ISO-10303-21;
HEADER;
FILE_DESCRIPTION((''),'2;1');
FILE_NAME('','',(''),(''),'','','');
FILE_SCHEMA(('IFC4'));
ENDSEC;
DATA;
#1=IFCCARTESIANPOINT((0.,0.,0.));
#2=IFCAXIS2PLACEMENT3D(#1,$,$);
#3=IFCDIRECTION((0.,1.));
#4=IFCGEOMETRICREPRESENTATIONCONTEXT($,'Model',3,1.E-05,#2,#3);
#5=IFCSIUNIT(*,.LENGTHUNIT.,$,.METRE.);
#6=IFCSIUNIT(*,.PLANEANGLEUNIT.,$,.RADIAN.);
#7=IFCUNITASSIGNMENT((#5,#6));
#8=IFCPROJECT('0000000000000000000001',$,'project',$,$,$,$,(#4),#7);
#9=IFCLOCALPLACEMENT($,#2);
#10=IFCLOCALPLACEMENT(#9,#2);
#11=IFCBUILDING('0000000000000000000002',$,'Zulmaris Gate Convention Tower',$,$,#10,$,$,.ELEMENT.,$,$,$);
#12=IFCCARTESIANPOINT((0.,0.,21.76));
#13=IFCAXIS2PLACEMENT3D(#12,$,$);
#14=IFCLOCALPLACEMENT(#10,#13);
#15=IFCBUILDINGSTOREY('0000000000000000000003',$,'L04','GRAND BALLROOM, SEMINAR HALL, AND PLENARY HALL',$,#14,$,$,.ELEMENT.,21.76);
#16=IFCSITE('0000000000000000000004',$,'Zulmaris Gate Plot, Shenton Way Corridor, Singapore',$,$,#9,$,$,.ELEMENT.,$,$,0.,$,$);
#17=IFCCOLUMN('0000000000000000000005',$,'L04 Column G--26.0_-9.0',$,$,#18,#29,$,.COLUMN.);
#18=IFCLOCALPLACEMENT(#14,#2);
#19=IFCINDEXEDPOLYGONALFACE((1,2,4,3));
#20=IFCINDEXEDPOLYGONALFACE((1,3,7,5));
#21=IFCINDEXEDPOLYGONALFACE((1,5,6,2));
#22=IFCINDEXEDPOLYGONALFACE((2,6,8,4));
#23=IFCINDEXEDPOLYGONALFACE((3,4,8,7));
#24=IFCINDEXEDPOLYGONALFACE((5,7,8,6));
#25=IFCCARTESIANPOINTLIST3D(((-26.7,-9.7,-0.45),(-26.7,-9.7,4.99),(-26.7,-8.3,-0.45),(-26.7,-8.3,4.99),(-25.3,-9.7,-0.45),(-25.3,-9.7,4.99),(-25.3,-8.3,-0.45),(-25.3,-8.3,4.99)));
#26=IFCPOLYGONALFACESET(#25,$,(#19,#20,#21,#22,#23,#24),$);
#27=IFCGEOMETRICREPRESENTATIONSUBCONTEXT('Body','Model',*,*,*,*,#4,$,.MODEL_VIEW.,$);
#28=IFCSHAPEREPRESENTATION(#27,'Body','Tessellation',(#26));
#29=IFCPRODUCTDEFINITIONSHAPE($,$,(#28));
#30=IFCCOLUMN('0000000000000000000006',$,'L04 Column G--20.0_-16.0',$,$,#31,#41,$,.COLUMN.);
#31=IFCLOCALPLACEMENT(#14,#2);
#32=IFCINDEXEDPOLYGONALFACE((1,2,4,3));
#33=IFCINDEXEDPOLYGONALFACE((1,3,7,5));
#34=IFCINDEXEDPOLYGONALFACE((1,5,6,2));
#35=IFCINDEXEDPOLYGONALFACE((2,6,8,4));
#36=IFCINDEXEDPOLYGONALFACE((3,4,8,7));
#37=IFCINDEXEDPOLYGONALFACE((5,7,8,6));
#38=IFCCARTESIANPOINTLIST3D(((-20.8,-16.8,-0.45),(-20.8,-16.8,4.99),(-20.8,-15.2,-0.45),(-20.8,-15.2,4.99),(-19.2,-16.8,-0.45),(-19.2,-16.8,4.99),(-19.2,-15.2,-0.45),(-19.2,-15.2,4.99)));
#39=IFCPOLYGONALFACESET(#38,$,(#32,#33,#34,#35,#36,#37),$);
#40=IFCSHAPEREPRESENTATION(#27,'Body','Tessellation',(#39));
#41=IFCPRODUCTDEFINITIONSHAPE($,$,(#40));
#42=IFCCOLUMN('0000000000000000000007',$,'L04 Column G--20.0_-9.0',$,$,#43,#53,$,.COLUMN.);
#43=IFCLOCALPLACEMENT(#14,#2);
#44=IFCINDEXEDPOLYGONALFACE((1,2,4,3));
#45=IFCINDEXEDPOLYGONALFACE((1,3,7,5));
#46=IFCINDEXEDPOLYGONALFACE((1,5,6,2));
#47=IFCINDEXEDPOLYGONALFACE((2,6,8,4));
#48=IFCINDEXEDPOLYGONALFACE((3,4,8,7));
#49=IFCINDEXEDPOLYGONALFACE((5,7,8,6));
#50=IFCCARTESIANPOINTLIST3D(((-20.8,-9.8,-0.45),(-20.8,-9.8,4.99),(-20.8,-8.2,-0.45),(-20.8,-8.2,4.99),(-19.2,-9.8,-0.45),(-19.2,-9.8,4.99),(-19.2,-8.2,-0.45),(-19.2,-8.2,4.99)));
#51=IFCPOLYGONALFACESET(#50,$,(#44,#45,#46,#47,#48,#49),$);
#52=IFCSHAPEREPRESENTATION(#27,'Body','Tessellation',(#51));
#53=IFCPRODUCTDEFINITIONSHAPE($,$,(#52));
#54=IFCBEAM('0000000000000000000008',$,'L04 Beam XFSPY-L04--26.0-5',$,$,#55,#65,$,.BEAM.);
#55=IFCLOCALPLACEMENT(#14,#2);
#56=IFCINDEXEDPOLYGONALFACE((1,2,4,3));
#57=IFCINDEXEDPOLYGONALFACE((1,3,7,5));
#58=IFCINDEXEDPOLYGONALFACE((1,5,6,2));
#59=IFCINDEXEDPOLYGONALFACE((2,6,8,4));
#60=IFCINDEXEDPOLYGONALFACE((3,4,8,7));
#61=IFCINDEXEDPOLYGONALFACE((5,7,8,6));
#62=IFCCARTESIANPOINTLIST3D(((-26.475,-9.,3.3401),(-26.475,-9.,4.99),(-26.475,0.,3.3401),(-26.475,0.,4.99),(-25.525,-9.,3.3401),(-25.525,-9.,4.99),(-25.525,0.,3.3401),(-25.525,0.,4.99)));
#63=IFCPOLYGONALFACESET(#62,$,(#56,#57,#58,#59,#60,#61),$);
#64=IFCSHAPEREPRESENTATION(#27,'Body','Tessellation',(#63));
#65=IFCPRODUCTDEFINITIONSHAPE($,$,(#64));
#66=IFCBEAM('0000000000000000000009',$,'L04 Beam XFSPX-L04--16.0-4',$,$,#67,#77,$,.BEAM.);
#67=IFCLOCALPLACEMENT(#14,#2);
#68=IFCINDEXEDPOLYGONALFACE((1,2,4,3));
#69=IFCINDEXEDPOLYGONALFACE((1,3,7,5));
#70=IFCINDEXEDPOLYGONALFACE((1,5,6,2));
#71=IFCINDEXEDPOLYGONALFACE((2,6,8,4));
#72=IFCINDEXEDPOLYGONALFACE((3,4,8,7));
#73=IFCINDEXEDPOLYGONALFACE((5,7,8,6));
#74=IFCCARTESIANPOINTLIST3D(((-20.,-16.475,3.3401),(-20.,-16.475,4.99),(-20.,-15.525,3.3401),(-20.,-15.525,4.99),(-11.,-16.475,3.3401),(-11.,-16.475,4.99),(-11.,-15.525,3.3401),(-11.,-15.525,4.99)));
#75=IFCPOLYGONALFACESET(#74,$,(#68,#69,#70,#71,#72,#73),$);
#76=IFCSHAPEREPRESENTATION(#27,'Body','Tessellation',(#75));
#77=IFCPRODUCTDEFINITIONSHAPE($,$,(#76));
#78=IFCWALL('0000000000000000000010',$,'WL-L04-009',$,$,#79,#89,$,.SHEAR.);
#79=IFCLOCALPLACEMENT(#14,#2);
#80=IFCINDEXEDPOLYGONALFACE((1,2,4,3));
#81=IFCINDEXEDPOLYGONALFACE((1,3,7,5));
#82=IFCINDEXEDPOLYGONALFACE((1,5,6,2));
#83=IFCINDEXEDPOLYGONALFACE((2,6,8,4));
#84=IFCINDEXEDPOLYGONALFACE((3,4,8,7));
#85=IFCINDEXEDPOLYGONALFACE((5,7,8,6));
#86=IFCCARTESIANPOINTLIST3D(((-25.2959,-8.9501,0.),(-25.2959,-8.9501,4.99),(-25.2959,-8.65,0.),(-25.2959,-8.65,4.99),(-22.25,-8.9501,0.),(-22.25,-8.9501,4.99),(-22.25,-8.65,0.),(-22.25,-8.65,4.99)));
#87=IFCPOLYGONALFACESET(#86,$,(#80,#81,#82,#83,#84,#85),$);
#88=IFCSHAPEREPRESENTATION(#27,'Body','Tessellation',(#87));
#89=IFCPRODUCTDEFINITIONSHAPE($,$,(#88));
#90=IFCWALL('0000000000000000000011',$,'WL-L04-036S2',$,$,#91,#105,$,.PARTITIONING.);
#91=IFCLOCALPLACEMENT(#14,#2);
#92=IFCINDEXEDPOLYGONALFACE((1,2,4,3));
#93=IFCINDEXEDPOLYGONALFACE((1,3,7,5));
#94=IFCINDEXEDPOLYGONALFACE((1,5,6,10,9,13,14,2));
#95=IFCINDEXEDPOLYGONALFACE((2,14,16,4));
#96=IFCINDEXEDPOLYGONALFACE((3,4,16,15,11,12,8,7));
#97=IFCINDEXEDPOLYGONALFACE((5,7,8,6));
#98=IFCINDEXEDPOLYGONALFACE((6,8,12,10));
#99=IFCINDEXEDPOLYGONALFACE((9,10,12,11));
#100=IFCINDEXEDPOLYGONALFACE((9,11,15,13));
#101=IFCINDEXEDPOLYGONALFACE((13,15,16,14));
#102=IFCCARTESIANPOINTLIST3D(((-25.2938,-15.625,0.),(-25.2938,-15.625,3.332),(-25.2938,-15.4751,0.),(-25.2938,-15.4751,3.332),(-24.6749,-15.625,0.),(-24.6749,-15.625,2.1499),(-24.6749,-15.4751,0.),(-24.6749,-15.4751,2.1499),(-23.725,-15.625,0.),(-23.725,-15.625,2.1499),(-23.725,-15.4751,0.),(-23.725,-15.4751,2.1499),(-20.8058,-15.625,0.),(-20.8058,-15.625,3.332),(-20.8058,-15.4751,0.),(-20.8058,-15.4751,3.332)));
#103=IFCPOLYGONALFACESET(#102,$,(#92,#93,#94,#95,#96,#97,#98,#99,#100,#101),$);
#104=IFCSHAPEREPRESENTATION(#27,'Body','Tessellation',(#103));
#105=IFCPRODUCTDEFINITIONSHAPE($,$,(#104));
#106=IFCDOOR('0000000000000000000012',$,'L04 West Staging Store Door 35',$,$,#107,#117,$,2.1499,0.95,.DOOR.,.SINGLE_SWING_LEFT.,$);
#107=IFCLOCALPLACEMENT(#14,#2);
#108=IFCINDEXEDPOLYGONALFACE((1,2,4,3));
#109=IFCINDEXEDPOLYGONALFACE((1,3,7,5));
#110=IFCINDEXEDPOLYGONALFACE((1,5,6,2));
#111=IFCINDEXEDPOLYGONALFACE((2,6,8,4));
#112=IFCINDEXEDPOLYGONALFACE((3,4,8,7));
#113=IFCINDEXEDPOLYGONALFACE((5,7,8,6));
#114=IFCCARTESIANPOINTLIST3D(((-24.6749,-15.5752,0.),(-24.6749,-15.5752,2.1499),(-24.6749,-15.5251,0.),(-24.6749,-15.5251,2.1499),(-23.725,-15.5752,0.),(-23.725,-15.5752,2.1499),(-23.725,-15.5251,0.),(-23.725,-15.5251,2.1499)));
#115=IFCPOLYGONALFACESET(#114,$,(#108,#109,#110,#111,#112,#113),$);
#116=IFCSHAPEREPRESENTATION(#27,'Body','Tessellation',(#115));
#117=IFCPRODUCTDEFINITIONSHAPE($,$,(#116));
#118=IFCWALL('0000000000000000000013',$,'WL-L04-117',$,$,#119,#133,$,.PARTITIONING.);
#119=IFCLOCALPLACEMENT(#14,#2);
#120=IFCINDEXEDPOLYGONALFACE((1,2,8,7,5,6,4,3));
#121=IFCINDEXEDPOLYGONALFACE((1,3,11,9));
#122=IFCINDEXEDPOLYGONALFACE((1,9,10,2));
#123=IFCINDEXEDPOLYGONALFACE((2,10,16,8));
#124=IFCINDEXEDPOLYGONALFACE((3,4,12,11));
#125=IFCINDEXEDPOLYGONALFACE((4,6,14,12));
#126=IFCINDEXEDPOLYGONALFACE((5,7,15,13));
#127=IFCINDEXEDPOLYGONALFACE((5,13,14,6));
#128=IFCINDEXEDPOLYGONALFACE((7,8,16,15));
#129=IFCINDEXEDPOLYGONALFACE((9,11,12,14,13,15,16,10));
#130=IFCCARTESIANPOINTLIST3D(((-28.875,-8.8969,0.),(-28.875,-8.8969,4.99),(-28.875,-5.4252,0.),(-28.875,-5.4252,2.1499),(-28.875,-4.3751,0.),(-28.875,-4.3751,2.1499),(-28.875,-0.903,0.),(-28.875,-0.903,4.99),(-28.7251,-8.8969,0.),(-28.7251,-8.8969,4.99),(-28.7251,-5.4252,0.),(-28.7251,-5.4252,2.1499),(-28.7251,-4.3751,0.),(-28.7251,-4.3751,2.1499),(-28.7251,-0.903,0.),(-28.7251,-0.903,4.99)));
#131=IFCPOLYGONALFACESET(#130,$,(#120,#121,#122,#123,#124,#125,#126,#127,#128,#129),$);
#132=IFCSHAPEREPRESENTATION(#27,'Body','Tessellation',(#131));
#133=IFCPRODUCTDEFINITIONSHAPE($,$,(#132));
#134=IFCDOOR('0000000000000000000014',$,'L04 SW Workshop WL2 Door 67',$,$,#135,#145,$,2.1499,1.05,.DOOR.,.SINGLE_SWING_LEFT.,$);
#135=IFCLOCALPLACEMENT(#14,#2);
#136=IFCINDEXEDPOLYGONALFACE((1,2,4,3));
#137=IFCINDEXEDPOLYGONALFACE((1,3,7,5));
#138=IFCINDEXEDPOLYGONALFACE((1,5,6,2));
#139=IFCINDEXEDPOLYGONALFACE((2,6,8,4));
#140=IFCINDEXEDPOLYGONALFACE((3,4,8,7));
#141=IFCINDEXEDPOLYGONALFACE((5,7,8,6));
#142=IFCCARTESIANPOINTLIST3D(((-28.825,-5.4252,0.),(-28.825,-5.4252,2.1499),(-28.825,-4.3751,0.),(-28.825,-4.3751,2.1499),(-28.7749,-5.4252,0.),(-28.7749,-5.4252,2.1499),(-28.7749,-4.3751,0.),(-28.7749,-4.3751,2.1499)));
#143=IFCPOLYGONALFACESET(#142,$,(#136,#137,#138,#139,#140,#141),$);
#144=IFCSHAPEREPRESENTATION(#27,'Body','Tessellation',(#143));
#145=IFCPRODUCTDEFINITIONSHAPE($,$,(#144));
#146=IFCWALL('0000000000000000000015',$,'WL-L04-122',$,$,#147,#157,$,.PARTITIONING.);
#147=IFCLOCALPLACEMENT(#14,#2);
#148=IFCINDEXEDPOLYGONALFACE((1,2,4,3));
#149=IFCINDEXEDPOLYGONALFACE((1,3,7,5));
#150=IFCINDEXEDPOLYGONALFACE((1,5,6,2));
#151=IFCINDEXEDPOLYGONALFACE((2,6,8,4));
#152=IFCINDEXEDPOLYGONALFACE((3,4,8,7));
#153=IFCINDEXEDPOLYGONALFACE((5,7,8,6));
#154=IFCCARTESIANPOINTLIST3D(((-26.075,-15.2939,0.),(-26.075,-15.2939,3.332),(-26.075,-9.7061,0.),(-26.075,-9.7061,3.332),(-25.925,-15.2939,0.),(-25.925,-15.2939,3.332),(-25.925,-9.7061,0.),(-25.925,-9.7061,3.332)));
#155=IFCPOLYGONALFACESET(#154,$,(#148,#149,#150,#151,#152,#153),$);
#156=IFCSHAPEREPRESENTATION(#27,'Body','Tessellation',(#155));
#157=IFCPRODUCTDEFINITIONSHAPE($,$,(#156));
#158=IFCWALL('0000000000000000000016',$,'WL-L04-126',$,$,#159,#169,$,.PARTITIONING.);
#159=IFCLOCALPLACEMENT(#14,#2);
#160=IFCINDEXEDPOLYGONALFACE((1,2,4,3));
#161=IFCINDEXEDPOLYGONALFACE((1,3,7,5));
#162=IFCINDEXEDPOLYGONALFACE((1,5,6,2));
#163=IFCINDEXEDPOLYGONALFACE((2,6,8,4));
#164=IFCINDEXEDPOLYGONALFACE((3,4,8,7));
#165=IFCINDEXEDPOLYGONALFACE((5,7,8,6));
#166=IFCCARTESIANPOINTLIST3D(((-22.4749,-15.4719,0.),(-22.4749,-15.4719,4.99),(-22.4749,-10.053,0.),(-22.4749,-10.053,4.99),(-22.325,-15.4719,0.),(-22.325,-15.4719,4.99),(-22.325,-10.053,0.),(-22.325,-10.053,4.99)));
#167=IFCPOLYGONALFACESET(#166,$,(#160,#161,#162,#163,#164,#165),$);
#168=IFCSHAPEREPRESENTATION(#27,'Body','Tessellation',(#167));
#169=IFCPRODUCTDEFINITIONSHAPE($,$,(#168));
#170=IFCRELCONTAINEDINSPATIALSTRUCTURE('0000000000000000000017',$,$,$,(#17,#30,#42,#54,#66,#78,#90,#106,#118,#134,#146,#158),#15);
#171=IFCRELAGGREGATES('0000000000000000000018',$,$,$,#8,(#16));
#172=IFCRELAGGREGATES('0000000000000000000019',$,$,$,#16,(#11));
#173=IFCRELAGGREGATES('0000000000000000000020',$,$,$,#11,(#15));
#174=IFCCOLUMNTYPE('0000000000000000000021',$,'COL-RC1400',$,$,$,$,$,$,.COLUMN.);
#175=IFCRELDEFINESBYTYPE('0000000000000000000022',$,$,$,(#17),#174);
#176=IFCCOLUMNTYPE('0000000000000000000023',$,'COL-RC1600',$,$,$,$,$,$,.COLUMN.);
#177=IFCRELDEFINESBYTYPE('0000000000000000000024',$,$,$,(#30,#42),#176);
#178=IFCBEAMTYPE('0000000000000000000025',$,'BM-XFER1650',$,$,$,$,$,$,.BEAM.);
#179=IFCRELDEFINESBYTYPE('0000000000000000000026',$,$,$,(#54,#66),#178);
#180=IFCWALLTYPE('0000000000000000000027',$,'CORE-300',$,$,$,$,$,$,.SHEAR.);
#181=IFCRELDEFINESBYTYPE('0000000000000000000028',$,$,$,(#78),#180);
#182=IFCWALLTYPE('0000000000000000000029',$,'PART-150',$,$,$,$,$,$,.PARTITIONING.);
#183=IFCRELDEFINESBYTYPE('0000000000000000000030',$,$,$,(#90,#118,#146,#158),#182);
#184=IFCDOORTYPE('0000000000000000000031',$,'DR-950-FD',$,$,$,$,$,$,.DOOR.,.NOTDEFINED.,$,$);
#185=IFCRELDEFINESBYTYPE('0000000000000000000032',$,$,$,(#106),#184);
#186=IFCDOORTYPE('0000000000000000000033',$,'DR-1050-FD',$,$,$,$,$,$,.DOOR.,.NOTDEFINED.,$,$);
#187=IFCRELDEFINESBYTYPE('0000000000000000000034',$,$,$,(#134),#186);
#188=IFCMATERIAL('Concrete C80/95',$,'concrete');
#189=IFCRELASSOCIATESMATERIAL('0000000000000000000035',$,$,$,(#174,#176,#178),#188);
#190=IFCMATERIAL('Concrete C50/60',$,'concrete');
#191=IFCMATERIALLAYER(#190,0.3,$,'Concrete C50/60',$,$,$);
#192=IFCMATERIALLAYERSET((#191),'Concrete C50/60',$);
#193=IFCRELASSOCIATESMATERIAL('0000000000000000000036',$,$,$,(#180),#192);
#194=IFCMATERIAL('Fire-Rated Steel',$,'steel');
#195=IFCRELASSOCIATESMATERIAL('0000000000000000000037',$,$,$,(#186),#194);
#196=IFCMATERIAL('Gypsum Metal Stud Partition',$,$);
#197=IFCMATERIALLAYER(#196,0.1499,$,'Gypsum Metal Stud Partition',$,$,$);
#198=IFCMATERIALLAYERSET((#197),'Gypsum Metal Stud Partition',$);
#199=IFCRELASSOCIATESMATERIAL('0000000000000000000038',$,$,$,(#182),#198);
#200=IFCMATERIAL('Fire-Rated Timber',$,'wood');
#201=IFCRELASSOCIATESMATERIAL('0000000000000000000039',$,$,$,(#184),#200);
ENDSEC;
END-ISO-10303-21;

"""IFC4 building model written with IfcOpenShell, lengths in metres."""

from ifc_helpers import new_model, si_unit, direction, frame, frame_2d, origin, origin_2d, place, context, subcontext, project, spatial, rectangle, extrude, material, layer, layer_set, material_profile, profile_set, type_object, element, fill, save


model = new_model("IFC4")

# Units and contexts
model_context = context("Model", 3, precision=1e-05, world=origin(), true_north=direction((0.0, 1.0)))
body_context = subcontext(model_context, "Body", "Model", "MODEL_VIEW")
ifc_project = project(units=[si_unit("LENGTHUNIT", "METRE"), si_unit("PLANEANGLEUNIT", "RADIAN")], contexts=[model_context])

# Site, building, storey
site_placement = place(None, origin())
site = spatial("IfcSite", under=ifc_project, at=site_placement, Name="Zulmaris Gate Plot, Shenton Way Corridor, Singapore", CompositionType="ELEMENT", RefElevation=0.0)
building_placement = place(site_placement, origin())
building = spatial("IfcBuilding", under=site, at=building_placement, Name="Zulmaris Gate Convention Tower", CompositionType="ELEMENT")
storey_placement = place(building_placement, frame((0.0, 0.0, 21.76)))
storey = spatial("IfcBuildingStorey", under=building, at=storey_placement, Name="L04", Description="GRAND BALLROOM, SEMINAR HALL, AND PLENARY HALL", CompositionType="ELEMENT", Elevation=21.76)

# Columns
ifc_material_1 = material(Name="Concrete C80/95", Category="concrete")
ifc_material_profile_1 = material_profile(ifc_material_1, rectangle(XDim=1.3999, YDim=1.3999, at=origin_2d()), Name="RC COL 1400x1400")
ifc_profile_set_1 = profile_set([ifc_material_profile_1], Name="Concrete C80/95")
column_type_1 = type_object("IfcColumnType", Name="COL-RC1400", PredefinedType="COLUMN", material=ifc_profile_set_1)
column_placement = place(storey_placement, frame((-26.0, -9.0, -0.45), z_axis=(0.0, 0.0, 1.0), x_axis=(1.0, 0.0, 0.0)))
element("IfcColumn", 1, at=column_placement, inside=storey, type_object=column_type_1, Name="L04 Column G--26.0_-9.0", PredefinedType="COLUMN", context=body_context, shape_type="SweptSolid", body=[
    extrude(rectangle(XDim=1.3999, YDim=1.3999, at=origin_2d()), origin(), (0.0, 0.0, 1.0), 5.4399),
])
ifc_material_profile_2 = material_profile(ifc_material_1, rectangle(XDim=1.6001, YDim=1.6001, at=origin_2d()), Name="RC COL 1600x1600")
ifc_profile_set_2 = profile_set([ifc_material_profile_2], Name="Concrete C80/95")
column_type_2 = type_object("IfcColumnType", Name="COL-RC1600", PredefinedType="COLUMN", material=ifc_profile_set_2)
for number, where, z_axis, x_axis, name in (
    (2, (-20.0, -16.0, -0.45), (0.0, 0.0, 1.0), (1.0, 0.0, 0.0), "L04 Column G--20.0_-16.0"),
    (3, (-20.0, -9.0, -0.45), (0.0, 0.0, 1.0), (1.0, 0.0, 0.0), "L04 Column G--20.0_-9.0"),
):
    element("IfcColumn", number, at=place(storey_placement, frame(where, z_axis=z_axis, x_axis=x_axis)), inside=storey, type_object=column_type_2, Name=name, PredefinedType="COLUMN", context=body_context, shape_type="SweptSolid", body=[
        extrude(rectangle(XDim=1.6001, YDim=1.6001, at=origin_2d()), origin(), (0.0, 0.0, 1.0), 5.4399),
    ])

# Beams
ifc_material_profile_3 = material_profile(ifc_material_1, rectangle(XDim=0.95, YDim=1.6499, at=origin_2d()), Name="RC TRANSFER 950x1650")
ifc_profile_set_3 = profile_set([ifc_material_profile_3], Name="Concrete C80/95")
beam_type = type_object("IfcBeamType", Name="BM-XFER1650", PredefinedType="BEAM", material=ifc_profile_set_3)
for number, where, z_axis, x_axis, name in (
    (4, (-26.0, -9.0, 4.165), (0.0, 1.0, 0.0), (-1.0, 0.0, 0.0), "L04 Beam XFSPY-L04--26.0-5"),
    (5, (-20.0, -16.0, 4.165), (1.0, 0.0, 0.0), (0.0, 1.0, 0.0), "L04 Beam XFSPX-L04--16.0-4"),
):
    element("IfcBeam", number, at=place(storey_placement, frame(where, z_axis=z_axis, x_axis=x_axis)), inside=storey, type_object=beam_type, Name=name, PredefinedType="BEAM", context=body_context, shape_type="SweptSolid", body=[
        extrude(rectangle(XDim=0.95, YDim=1.6499, at=origin_2d()), origin(), (0.0, 0.0, 1.0), 9.0),
    ])

# Wall
ifc_material_2 = material(Name="Concrete C50/60", Category="concrete")
ifc_layer_1 = layer(ifc_material_2, 0.3, Name="Concrete C50/60")
ifc_layer_set_1 = layer_set([ifc_layer_1], Name="Concrete C50/60")
wall_type_1 = type_object("IfcWallType", Name="CORE-300", PredefinedType="SHEAR", material=ifc_layer_set_1)
wall_1_placement = place(storey_placement, frame((-25.2959, -8.8, 0.0), z_axis=(0.0, 0.0, 1.0), x_axis=(1.0, 0.0, 0.0)))
element("IfcWall", 6, at=wall_1_placement, inside=storey, type_object=wall_type_1, Name="WL-L04-009", PredefinedType="SHEAR", context=body_context, shape_type="SweptSolid", body=[
    extrude(rectangle(XDim=3.0459, YDim=0.3, at=frame_2d((1.5229, 0.0))), origin(), (0.0, 0.0, 1.0), 4.99),
])

# Walls, openings, doors
ifc_material_3 = material(Name="Fire-Rated Steel", Category="steel")
door_type_1 = type_object("IfcDoorType", Name="DR-1050-FD", OperationType="NOTDEFINED", PredefinedType="DOOR", material=ifc_material_3)
ifc_material_4 = material(Name="Gypsum Metal Stud Partition")
ifc_layer_2 = layer(ifc_material_4, 0.1499, Name="Gypsum Metal Stud Partition")
ifc_layer_set_2 = layer_set([ifc_layer_2], Name="Gypsum Metal Stud Partition")
wall_type_2 = type_object("IfcWallType", Name="PART-150", PredefinedType="PARTITIONING", material=ifc_layer_set_2)
wall_2_placement = place(storey_placement, frame((-25.2939, -15.55, 0.0), z_axis=(0.0, 0.0, 1.0), x_axis=(1.0, 0.0, 0.0)))
wall_2 = element("IfcWall", 7, at=wall_2_placement, inside=storey, type_object=wall_type_2, Name="WL-L04-036S2", PredefinedType="PARTITIONING", context=body_context, shape_type="SweptSolid", body=[
    extrude(rectangle(XDim=4.488, YDim=0.1499, at=frame_2d((2.2441, 0.0))), origin(), (0.0, 0.0, 1.0), 3.332),
])
opening_1_placement = place(wall_2_placement, frame((0.6189, 0.0, 0.0)))
opening_1 = element("IfcOpeningElement", 8, at=opening_1_placement, cuts=wall_2, PredefinedType="OPENING", context=body_context, shape_type="SweptSolid", body=[
    extrude(rectangle(XDim=0.95, YDim=2.1499, at=frame_2d((0.4751, 1.075))), frame((0.0, 0.085, 0.0), z_axis=(0.0, -1.0, 0.0), x_axis=(1.0, 0.0, 0.0)), (0.0, 0.0, 1.0), 0.1699),
])
ifc_material_5 = material(Name="Fire-Rated Timber", Category="wood")
door_type_2 = type_object("IfcDoorType", Name="DR-950-FD", OperationType="NOTDEFINED", PredefinedType="DOOR", material=ifc_material_5)
door_1_placement = place(opening_1_placement, origin())
door_1 = element("IfcDoor", 9, at=door_1_placement, inside=storey, type_object=door_type_2, Name="L04 West Staging Store Door 35", OperationType="SINGLE_SWING_LEFT", OverallHeight=2.1499, OverallWidth=0.95, PredefinedType="DOOR", context=body_context, shape_type="SweptSolid", body=[
    extrude(rectangle(XDim=0.95, YDim=2.1499, at=frame_2d((0.4751, 1.075))), frame((0.0, 0.0249, 0.0), z_axis=(0.0, -1.0, 0.0), x_axis=(1.0, 0.0, 0.0)), (0.0, 0.0, 1.0), 0.05),
])
fill(opening_1, door_1)
wall_3_placement = place(storey_placement, frame((-28.8, -8.897, 0.0), z_axis=(0.0, 0.0, 1.0), x_axis=(0.0, 1.0, 0.0)))
wall_3 = element("IfcWall", 10, at=wall_3_placement, inside=storey, type_object=wall_type_2, Name="WL-L04-117", PredefinedType="PARTITIONING", context=body_context, shape_type="SweptSolid", body=[
    extrude(rectangle(XDim=7.9939, YDim=0.1499, at=frame_2d((3.9971, 0.0))), origin(), (0.0, 0.0, 1.0), 4.99),
])
opening_2_placement = place(wall_3_placement, frame((3.4719, 0.0, 0.0)))
opening_2 = element("IfcOpeningElement", 11, at=opening_2_placement, cuts=wall_3, PredefinedType="OPENING", context=body_context, shape_type="SweptSolid", body=[
    extrude(rectangle(XDim=1.05, YDim=2.1499, at=frame_2d((0.5249, 1.075))), frame((0.0, 0.085, 0.0), z_axis=(0.0, -1.0, 0.0), x_axis=(1.0, 0.0, 0.0)), (0.0, 0.0, 1.0), 0.1699),
])
door_2_placement = place(opening_2_placement, origin())
door_2 = element("IfcDoor", 12, at=door_2_placement, inside=storey, type_object=door_type_1, Name="L04 SW Workshop WL2 Door 67", OperationType="SINGLE_SWING_LEFT", OverallHeight=2.1499, OverallWidth=1.05, PredefinedType="DOOR", context=body_context, shape_type="SweptSolid", body=[
    extrude(rectangle(XDim=1.05, YDim=2.1499, at=frame_2d((0.5249, 1.075))), frame((0.0, 0.0249, 0.0), z_axis=(0.0, -1.0, 0.0), x_axis=(1.0, 0.0, 0.0)), (0.0, 0.0, 1.0), 0.05),
])
fill(opening_2, door_2)

# Walls
wall_4_placement = place(storey_placement, frame((-26.0, -15.2939, 0.0), z_axis=(0.0, 0.0, 1.0), x_axis=(0.0, 1.0, 0.0)))
element("IfcWall", 13, at=wall_4_placement, inside=storey, type_object=wall_type_2, Name="WL-L04-122", PredefinedType="PARTITIONING", context=body_context, shape_type="SweptSolid", body=[
    extrude(rectangle(XDim=5.5879, YDim=0.1499, at=frame_2d((2.7939, 0.0))), origin(), (0.0, 0.0, 1.0), 3.332),
])
wall_5_placement = place(storey_placement, frame((-22.3999, -15.4719, 0.0), z_axis=(0.0, 0.0, 1.0), x_axis=(0.0, 1.0, 0.0)))
element("IfcWall", 14, at=wall_5_placement, inside=storey, type_object=wall_type_2, Name="WL-L04-126", PredefinedType="PARTITIONING", context=body_context, shape_type="SweptSolid", body=[
    extrude(rectangle(XDim=5.4189, YDim=0.1499, at=frame_2d((2.7095, 0.0))), origin(), (0.0, 0.0, 1.0), 4.99),
])

save(model, "model.ifc")
